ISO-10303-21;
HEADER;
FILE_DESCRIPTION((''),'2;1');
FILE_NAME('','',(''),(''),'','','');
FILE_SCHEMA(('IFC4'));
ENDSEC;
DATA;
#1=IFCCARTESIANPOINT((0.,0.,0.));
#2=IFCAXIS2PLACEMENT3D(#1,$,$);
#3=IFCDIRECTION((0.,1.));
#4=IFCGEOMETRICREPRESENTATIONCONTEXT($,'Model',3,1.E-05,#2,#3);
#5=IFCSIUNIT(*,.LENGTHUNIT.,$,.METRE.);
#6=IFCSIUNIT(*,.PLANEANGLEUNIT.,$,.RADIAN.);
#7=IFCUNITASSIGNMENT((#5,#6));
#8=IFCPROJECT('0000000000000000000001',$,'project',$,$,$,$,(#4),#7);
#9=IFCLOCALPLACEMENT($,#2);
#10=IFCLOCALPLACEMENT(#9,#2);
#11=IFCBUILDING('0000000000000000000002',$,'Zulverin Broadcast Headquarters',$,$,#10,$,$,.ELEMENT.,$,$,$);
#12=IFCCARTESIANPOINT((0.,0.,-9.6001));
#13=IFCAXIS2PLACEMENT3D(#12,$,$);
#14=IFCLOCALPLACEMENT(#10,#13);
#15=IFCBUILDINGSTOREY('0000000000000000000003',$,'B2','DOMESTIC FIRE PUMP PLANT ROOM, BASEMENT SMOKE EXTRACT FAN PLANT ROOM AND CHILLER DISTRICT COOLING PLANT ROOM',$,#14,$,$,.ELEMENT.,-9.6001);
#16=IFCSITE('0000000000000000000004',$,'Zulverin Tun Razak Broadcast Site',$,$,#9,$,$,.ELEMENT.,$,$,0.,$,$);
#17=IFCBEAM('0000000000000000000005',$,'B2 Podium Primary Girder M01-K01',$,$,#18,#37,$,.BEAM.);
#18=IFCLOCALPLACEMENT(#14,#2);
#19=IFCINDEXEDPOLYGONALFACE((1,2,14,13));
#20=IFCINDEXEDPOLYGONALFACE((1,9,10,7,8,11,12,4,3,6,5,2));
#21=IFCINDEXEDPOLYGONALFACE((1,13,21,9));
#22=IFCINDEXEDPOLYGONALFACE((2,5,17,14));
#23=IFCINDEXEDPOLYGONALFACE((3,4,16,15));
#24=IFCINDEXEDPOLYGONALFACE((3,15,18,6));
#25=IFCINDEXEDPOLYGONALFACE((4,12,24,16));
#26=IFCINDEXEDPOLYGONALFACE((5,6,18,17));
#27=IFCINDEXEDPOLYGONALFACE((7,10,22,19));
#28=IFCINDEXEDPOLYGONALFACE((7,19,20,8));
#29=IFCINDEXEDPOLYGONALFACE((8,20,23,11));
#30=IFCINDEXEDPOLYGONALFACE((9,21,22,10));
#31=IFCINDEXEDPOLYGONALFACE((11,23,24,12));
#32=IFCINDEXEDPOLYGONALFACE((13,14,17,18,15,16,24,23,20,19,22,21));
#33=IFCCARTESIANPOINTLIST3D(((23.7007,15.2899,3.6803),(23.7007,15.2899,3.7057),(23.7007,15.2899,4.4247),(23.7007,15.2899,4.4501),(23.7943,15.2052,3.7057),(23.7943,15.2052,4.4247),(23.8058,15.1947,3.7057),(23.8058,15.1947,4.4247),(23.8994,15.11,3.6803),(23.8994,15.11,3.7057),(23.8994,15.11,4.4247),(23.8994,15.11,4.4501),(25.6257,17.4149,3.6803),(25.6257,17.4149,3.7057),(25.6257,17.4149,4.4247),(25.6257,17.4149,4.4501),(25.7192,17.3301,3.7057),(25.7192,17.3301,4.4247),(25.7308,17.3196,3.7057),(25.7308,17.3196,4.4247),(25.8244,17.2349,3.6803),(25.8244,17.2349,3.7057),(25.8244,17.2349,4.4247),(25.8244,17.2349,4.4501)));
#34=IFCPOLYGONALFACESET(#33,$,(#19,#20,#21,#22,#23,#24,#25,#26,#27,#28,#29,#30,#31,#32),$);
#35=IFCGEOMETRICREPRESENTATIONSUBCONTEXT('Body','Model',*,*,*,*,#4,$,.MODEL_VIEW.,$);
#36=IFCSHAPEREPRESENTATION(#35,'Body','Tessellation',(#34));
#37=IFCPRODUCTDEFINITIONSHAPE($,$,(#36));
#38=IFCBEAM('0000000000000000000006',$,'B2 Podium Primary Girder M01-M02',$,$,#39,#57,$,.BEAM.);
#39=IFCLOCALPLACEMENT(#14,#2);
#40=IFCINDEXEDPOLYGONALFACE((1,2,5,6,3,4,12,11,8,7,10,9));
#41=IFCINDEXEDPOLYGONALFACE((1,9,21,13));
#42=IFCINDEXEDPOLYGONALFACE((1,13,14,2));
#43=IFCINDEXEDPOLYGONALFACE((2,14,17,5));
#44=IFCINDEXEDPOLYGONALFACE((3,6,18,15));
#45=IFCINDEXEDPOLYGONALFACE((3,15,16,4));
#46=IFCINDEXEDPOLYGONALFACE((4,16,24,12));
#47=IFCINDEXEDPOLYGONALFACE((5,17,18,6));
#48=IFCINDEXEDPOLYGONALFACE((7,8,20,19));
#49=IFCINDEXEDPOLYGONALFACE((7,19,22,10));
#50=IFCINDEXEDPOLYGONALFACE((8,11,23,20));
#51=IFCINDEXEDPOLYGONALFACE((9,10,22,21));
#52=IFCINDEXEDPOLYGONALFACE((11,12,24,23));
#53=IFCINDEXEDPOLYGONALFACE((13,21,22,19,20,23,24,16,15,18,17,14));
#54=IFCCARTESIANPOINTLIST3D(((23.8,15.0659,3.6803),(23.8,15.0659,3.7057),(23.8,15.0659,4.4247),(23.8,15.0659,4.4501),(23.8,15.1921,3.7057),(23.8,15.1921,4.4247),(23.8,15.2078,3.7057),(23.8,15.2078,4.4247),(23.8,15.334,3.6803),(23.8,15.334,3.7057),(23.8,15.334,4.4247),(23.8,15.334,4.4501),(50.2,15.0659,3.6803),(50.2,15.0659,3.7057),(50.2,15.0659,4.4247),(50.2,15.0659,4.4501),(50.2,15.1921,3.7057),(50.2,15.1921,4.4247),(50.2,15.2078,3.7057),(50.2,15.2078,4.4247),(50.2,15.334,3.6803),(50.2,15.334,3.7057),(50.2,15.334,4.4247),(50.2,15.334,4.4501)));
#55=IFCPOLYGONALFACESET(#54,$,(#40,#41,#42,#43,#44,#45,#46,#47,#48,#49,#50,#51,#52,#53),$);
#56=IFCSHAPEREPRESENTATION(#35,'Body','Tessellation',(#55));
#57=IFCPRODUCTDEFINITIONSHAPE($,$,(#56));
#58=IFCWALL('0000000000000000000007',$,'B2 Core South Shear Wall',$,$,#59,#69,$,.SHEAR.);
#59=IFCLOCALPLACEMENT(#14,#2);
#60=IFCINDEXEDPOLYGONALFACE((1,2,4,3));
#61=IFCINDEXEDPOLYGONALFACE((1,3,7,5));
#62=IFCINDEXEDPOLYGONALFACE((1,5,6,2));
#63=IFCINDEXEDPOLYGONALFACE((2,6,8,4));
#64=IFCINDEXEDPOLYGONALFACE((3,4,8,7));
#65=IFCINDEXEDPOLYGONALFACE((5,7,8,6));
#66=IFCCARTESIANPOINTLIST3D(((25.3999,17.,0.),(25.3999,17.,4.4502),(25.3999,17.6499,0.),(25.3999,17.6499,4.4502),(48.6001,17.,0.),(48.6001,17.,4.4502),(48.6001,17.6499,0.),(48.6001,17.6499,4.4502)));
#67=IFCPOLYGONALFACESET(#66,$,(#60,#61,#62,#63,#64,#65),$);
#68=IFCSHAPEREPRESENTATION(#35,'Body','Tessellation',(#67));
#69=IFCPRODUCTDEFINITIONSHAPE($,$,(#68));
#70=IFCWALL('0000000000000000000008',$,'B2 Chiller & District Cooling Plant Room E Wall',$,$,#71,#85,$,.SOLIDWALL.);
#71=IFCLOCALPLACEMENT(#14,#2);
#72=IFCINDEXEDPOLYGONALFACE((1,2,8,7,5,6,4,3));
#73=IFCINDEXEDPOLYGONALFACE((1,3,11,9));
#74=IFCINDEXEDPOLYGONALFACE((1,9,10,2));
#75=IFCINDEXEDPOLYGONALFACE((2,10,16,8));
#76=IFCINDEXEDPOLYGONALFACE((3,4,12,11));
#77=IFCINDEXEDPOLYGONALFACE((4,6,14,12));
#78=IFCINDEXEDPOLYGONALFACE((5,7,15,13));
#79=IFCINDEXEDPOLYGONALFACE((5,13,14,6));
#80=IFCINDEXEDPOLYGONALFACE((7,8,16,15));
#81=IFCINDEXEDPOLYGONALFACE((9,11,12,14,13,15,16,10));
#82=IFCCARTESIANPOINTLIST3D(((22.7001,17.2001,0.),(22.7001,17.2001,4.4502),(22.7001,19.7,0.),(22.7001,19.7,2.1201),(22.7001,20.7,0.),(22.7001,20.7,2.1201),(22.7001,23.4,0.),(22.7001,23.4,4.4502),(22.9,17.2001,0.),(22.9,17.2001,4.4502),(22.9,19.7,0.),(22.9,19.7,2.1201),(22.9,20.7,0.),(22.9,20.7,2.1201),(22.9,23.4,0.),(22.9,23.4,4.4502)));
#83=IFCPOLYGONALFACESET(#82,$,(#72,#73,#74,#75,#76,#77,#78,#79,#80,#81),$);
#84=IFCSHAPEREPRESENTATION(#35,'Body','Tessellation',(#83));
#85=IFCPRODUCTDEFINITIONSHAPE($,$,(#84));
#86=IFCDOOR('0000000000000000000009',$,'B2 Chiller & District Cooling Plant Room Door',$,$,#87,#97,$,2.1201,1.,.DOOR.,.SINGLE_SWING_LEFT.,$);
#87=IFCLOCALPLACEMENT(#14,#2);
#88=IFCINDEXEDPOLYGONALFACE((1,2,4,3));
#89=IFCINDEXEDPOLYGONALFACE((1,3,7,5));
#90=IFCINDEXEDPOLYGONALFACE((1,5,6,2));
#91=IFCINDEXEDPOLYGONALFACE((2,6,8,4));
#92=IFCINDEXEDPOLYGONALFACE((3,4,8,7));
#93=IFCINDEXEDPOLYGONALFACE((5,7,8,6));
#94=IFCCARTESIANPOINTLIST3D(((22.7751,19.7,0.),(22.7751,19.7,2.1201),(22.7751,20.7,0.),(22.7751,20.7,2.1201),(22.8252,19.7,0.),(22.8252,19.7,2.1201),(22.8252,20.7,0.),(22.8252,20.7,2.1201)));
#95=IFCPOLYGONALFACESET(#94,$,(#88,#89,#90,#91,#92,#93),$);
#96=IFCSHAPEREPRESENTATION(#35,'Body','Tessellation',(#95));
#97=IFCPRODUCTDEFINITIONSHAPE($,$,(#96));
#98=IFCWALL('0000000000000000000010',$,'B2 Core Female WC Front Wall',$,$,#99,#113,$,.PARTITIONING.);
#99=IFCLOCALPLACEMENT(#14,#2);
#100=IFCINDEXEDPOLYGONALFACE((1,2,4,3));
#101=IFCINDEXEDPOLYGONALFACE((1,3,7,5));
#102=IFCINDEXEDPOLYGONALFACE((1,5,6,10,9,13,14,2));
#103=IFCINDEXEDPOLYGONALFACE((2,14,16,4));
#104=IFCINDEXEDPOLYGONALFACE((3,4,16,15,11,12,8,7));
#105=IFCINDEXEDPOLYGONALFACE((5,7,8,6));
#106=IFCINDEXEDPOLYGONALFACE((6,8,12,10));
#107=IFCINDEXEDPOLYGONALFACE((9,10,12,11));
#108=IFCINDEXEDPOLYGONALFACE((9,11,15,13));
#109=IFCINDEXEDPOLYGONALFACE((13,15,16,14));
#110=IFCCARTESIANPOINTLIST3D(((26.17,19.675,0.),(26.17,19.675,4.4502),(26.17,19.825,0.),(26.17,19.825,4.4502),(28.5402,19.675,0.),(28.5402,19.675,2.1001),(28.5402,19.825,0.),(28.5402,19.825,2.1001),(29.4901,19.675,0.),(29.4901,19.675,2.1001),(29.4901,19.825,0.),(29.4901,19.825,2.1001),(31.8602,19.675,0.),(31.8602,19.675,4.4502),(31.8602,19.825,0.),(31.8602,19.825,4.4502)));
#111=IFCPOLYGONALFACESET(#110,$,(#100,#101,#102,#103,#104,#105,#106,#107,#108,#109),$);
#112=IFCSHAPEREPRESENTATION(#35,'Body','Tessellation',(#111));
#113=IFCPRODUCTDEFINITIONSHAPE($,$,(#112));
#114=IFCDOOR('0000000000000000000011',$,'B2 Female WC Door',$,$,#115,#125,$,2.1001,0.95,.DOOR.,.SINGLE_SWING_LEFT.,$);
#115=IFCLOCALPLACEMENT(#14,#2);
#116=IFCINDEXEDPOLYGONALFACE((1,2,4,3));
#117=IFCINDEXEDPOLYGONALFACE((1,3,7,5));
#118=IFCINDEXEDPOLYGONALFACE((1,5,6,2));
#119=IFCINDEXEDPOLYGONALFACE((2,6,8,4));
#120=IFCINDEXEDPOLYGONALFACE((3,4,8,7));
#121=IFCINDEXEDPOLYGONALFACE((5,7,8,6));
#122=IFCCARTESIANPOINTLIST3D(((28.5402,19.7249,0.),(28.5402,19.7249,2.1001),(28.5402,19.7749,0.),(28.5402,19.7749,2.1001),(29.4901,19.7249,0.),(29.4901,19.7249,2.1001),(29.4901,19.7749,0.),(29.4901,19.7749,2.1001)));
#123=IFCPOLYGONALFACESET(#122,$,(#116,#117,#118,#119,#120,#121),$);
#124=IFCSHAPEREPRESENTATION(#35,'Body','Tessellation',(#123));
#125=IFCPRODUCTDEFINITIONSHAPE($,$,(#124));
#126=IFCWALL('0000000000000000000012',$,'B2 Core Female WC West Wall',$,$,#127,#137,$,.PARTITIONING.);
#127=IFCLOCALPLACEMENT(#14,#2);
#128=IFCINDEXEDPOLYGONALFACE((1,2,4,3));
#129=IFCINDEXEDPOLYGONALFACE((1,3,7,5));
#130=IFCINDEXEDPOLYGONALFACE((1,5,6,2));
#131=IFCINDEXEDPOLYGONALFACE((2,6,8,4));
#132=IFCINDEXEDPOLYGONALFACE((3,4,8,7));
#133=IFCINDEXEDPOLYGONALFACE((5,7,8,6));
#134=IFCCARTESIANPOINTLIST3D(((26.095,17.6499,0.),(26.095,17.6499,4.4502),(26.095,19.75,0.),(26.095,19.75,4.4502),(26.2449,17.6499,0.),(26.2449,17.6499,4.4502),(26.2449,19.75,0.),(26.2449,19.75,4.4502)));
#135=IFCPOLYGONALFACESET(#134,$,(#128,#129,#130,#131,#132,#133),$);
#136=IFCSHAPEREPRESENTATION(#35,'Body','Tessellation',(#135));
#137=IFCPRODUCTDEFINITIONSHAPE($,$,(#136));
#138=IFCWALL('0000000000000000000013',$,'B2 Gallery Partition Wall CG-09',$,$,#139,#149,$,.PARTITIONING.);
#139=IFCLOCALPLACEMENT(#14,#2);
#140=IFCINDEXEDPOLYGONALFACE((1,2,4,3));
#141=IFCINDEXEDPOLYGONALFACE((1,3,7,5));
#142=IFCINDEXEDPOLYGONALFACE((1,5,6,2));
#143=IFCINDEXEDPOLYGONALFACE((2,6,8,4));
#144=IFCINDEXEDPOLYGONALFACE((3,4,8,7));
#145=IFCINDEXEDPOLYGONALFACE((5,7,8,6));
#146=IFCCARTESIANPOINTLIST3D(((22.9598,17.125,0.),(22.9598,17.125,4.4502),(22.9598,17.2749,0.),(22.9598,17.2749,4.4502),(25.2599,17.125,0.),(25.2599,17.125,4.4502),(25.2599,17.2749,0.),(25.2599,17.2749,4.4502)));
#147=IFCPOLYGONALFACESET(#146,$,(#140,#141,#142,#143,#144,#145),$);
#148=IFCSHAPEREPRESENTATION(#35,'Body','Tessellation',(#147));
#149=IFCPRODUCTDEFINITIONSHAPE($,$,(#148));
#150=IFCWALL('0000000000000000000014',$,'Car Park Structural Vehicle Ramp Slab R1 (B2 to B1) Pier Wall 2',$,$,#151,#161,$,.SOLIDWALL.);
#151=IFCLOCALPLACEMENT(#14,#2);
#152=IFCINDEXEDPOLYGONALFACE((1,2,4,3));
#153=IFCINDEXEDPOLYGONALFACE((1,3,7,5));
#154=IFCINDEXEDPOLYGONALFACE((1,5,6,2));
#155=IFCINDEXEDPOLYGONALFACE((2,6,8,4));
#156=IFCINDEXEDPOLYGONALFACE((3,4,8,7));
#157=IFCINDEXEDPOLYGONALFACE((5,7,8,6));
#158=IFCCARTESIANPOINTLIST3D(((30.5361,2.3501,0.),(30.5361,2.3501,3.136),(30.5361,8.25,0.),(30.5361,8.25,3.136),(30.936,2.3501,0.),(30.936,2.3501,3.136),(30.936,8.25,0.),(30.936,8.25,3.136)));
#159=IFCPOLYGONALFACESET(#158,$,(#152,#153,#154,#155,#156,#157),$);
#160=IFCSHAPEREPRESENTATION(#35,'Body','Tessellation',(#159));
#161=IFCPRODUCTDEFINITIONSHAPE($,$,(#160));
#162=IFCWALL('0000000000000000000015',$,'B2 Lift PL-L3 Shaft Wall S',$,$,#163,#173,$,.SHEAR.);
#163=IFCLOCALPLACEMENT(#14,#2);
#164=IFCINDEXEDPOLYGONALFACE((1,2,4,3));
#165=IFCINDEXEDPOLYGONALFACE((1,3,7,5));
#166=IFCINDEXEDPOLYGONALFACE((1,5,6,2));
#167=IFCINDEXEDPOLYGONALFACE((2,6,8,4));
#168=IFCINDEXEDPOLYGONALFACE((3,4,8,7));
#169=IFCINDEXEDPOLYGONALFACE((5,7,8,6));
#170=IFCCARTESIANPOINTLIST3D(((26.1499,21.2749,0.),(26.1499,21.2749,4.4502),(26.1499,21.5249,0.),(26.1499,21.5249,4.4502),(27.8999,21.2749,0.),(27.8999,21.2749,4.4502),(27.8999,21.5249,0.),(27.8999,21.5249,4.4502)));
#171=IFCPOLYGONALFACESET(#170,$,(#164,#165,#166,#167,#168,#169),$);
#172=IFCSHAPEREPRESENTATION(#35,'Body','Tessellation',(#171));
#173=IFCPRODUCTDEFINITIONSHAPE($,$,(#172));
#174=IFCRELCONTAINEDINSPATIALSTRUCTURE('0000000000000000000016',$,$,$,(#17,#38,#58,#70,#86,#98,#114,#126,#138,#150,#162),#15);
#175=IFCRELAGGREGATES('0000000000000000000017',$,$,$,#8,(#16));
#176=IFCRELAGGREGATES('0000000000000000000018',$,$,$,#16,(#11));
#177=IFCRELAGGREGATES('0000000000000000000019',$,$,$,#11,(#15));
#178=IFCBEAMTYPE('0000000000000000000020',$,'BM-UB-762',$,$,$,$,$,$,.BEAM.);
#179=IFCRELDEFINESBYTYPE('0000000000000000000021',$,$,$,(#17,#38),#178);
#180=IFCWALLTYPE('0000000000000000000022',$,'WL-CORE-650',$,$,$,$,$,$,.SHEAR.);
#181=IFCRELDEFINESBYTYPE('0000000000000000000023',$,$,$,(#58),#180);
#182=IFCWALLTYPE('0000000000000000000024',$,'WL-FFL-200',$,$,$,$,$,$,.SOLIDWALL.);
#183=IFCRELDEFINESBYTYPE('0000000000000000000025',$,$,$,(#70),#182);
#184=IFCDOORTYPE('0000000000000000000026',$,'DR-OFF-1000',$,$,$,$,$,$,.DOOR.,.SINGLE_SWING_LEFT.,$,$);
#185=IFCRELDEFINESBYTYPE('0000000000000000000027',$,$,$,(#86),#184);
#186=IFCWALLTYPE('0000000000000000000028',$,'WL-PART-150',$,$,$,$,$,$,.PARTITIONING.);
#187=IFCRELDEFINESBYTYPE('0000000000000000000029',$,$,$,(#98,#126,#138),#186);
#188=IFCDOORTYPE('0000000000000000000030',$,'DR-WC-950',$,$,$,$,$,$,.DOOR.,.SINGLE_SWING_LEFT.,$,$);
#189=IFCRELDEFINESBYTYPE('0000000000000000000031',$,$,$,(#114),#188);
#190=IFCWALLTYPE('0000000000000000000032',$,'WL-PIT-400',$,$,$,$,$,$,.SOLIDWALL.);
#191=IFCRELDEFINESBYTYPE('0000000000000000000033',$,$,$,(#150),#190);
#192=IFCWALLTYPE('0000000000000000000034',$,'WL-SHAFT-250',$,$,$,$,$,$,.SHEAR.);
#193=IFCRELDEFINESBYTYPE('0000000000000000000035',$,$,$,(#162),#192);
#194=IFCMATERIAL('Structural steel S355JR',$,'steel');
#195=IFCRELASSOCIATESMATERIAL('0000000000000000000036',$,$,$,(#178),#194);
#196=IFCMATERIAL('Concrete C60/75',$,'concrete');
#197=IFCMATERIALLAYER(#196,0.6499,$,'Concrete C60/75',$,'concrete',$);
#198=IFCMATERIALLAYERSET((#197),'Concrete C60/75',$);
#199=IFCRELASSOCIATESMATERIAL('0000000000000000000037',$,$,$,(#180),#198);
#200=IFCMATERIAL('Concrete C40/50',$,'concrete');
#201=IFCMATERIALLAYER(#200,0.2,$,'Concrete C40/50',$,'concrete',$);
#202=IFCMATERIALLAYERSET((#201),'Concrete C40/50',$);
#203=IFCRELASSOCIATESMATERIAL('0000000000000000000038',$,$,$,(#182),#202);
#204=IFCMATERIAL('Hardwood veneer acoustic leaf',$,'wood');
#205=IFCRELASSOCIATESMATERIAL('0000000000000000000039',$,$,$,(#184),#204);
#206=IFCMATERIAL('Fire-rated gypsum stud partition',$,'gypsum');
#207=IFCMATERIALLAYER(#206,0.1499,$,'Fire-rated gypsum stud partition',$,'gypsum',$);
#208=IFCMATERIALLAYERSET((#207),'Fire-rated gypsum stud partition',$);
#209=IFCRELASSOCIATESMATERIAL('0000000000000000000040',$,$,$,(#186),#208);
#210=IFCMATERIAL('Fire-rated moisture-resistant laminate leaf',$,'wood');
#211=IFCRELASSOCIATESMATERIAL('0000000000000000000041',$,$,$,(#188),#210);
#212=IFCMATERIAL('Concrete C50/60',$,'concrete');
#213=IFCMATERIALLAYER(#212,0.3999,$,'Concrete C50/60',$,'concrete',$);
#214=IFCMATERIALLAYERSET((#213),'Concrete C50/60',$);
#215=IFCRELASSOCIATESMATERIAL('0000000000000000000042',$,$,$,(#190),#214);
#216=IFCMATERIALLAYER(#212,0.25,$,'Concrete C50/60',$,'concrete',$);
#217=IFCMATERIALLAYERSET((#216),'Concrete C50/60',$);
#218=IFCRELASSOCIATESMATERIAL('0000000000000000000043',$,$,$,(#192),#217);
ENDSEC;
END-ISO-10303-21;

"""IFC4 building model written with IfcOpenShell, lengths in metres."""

from ifc_helpers import new_model, si_unit, direction, frame, frame_2d, origin, origin_2d, place, context, subcontext, project, spatial, rectangle, i_section, extrude, material, layer, layer_set, material_profile, profile_set, type_object, element, fill, save


model = new_model("IFC4")

# Units and contexts
model_context = context("Model", 3, precision=1e-05, world=origin(), true_north=direction((0.0, 1.0)))
body_context = subcontext(model_context, "Body", "Model", "MODEL_VIEW")
ifc_project = project(units=[si_unit("LENGTHUNIT", "METRE"), si_unit("PLANEANGLEUNIT", "RADIAN")], contexts=[model_context])

# Site, building, storey
site_placement = place(None, origin())
site = spatial("IfcSite", under=ifc_project, at=site_placement, Name="Zulverin Tun Razak Broadcast Site", CompositionType="ELEMENT", RefElevation=0.0)
building_placement = place(site_placement, origin())
building = spatial("IfcBuilding", under=site, at=building_placement, Name="Zulverin Broadcast Headquarters", CompositionType="ELEMENT")
storey_placement = place(building_placement, frame((0.0, 0.0, -9.6001)))
storey = spatial("IfcBuildingStorey", under=building, at=storey_placement, Name="B2", Description="DOMESTIC FIRE PUMP PLANT ROOM, BASEMENT SMOKE EXTRACT FAN PLANT ROOM AND CHILLER DISTRICT COOLING PLANT ROOM", CompositionType="ELEMENT", Elevation=-9.6001)

# Shared definitions
ifc_material_1 = material(Name="Concrete C50/60", Category="concrete")

# Shared definitions
ifc_material_2 = material(Name="Concrete C60/75", Category="concrete")

# Beams
ifc_material_3 = material(Name="Structural steel S355JR", Category="steel")
ifc_material_profile_1 = material_profile(ifc_material_3, i_section(OverallWidth=0.2681, OverallDepth=0.7698, WebThickness=0.0156, FlangeThickness=0.0254, at=origin_2d()), Name="Structural steel S355JR", Category="steel")
ifc_profile_set_1 = profile_set([ifc_material_profile_1], Name="Structural steel S355JR")
beam_type_1 = type_object("IfcBeamType", Name="BM-UB-762", PredefinedType="BEAM", material=ifc_profile_set_1)
beam_1_placement = place(storey_placement, frame((23.8, 15.2, 4.0652), z_axis=(0.671379, 0.741114, 0.0), x_axis=(-0.741114, 0.671379, 0.0)))
element("IfcBeam", 1, at=beam_1_placement, inside=storey, type_object=beam_type_1, Name="B2 Podium Primary Girder M01-K01", PredefinedType="BEAM", context=body_context, shape_type="SweptSolid", body=[
    extrude(i_section(OverallWidth=0.2681, OverallDepth=0.7698, WebThickness=0.0156, FlangeThickness=0.0254, at=origin_2d()), origin(), (0.0, 0.0, 1.0), 2.8672),
])
beam_2_placement = place(storey_placement, frame((23.8, 15.2, 4.0652), z_axis=(1.0, 0.0, 0.0), x_axis=(0.0, 1.0, 0.0)))
element("IfcBeam", 2, at=beam_2_placement, inside=storey, type_object=beam_type_1, Name="B2 Podium Primary Girder M01-M02", PredefinedType="BEAM", context=body_context, shape_type="SweptSolid", body=[
    extrude(i_section(OverallWidth=0.2681, OverallDepth=0.7698, WebThickness=0.0156, FlangeThickness=0.0254, at=origin_2d()), origin(), (0.0, 0.0, 1.0), 26.3999),
])

# Wall
ifc_layer_1 = layer(ifc_material_2, 0.6499, Name="Concrete C60/75", Category="concrete")
ifc_layer_set_1 = layer_set([ifc_layer_1], Name="Concrete C60/75")
wall_type_1 = type_object("IfcWallType", Name="WL-CORE-650", PredefinedType="SHEAR", material=ifc_layer_set_1)
wall_1_placement = place(storey_placement, frame((25.3999, 17.325, 0.0), z_axis=(0.0, 0.0, 1.0), x_axis=(1.0, 0.0, 0.0)))
element("IfcWall", 3, at=wall_1_placement, inside=storey, type_object=wall_type_1, Name="B2 Core South Shear Wall", PredefinedType="SHEAR", context=body_context, shape_type="SweptSolid", body=[
    extrude(rectangle(XDim=23.2002, YDim=0.6499, at=frame_2d((11.6001, 0.0))), origin(), (0.0, 0.0, 1.0), 4.4502),
])

# Walls, openings, doors
ifc_material_4 = material(Name="Concrete C40/50", Category="concrete")
ifc_layer_2 = layer(ifc_material_4, 0.2, Name="Concrete C40/50", Category="concrete")
ifc_layer_set_2 = layer_set([ifc_layer_2], Name="Concrete C40/50")
wall_type_2 = type_object("IfcWallType", Name="WL-FFL-200", PredefinedType="SOLIDWALL", material=ifc_layer_set_2)
wall_2_placement = place(storey_placement, frame((22.8, 17.2, 0.0), z_axis=(0.0, 0.0, 1.0), x_axis=(0.0, 1.0, 0.0)))
wall_2 = element("IfcWall", 4, at=wall_2_placement, inside=storey, type_object=wall_type_2, Name="B2 Chiller & District Cooling Plant Room E Wall", PredefinedType="SOLIDWALL", context=body_context, shape_type="SweptSolid", body=[
    extrude(rectangle(XDim=6.2, YDim=0.2, at=frame_2d((3.1001, 0.0))), origin(), (0.0, 0.0, 1.0), 4.4502),
])
opening_1_placement = place(wall_2_placement, frame((2.5, 0.0, 0.0)))
opening_1 = element("IfcOpeningElement", 5, at=opening_1_placement, cuts=wall_2, PredefinedType="OPENING", context=body_context, shape_type="SweptSolid", body=[
    extrude(rectangle(XDim=1.0, YDim=2.1201, at=frame_2d((0.5, 1.0601))), frame((0.0, 0.1099, 0.0), z_axis=(0.0, -1.0, 0.0), x_axis=(1.0, 0.0, 0.0)), (0.0, 0.0, 1.0), 0.22),
])
ifc_material_5 = material(Name="Hardwood veneer acoustic leaf", Category="wood")
door_type_1 = type_object("IfcDoorType", Name="DR-OFF-1000", OperationType="SINGLE_SWING_LEFT", PredefinedType="DOOR", material=ifc_material_5)
door_1_placement = place(opening_1_placement, origin())
door_1 = element("IfcDoor", 6, at=door_1_placement, inside=storey, type_object=door_type_1, Name="B2 Chiller & District Cooling Plant Room Door", OperationType="SINGLE_SWING_LEFT", OverallHeight=2.1201, OverallWidth=1.0, PredefinedType="DOOR", context=body_context, shape_type="SweptSolid", body=[
    extrude(rectangle(XDim=1.0, YDim=2.1201, at=frame_2d((0.5, 1.0601))), frame((0.0, 0.0249, 0.0), z_axis=(0.0, -1.0, 0.0), x_axis=(1.0, 0.0, 0.0)), (0.0, 0.0, 1.0), 0.05),
])
fill(opening_1, door_1)
ifc_material_6 = material(Name="Fire-rated gypsum stud partition", Category="gypsum")
ifc_layer_3 = layer(ifc_material_6, 0.1499, Name="Fire-rated gypsum stud partition", Category="gypsum")
ifc_layer_set_3 = layer_set([ifc_layer_3], Name="Fire-rated gypsum stud partition")
wall_type_3 = type_object("IfcWallType", Name="WL-PART-150", PredefinedType="PARTITIONING", material=ifc_layer_set_3)
wall_3_placement = place(storey_placement, frame((26.1699, 19.75, 0.0), z_axis=(0.0, 0.0, 1.0), x_axis=(1.0, 0.0, 0.0)))
wall_3 = element("IfcWall", 7, at=wall_3_placement, inside=storey, type_object=wall_type_3, Name="B2 Core Female WC Front Wall", PredefinedType="PARTITIONING", context=body_context, shape_type="SweptSolid", body=[
    extrude(rectangle(XDim=5.6902, YDim=0.1499, at=frame_2d((2.8452, 0.0))), origin(), (0.0, 0.0, 1.0), 4.4502),
])
opening_2_placement = place(wall_3_placement, frame((2.3701, 0.0, 0.0)))
opening_2 = element("IfcOpeningElement", 8, at=opening_2_placement, cuts=wall_3, PredefinedType="OPENING", context=body_context, shape_type="SweptSolid", body=[
    extrude(rectangle(XDim=0.95, YDim=2.1001, at=frame_2d((0.4751, 1.05))), frame((0.0, 0.085, 0.0), z_axis=(0.0, -1.0, 0.0), x_axis=(1.0, 0.0, 0.0)), (0.0, 0.0, 1.0), 0.1699),
])
ifc_material_7 = material(Name="Fire-rated moisture-resistant laminate leaf", Category="wood")
door_type_2 = type_object("IfcDoorType", Name="DR-WC-950", OperationType="SINGLE_SWING_LEFT", PredefinedType="DOOR", material=ifc_material_7)
door_2_placement = place(opening_2_placement, origin())
door_2 = element("IfcDoor", 9, at=door_2_placement, inside=storey, type_object=door_type_2, Name="B2 Female WC Door", OperationType="SINGLE_SWING_LEFT", OverallHeight=2.1001, OverallWidth=0.95, PredefinedType="DOOR", context=body_context, shape_type="SweptSolid", body=[
    extrude(rectangle(XDim=0.95, YDim=2.1001, at=frame_2d((0.4751, 1.05))), frame((0.0, 0.0249, 0.0), z_axis=(0.0, -1.0, 0.0), x_axis=(1.0, 0.0, 0.0)), (0.0, 0.0, 1.0), 0.05),
])
fill(opening_2, door_2)

# Walls
wall_4_placement = place(storey_placement, frame((26.1699, 17.6499, 0.0), z_axis=(0.0, 0.0, 1.0), x_axis=(0.0, 1.0, 0.0)))
element("IfcWall", 10, at=wall_4_placement, inside=storey, type_object=wall_type_3, Name="B2 Core Female WC West Wall", PredefinedType="PARTITIONING", context=body_context, shape_type="SweptSolid", body=[
    extrude(rectangle(XDim=2.1001, YDim=0.1499, at=frame_2d((1.05, 0.0))), origin(), (0.0, 0.0, 1.0), 4.4502),
])
wall_5_placement = place(storey_placement, frame((22.96, 17.2, 0.0), z_axis=(0.0, 0.0, 1.0), x_axis=(1.0, 0.0, 0.0)))
element("IfcWall", 11, at=wall_5_placement, inside=storey, type_object=wall_type_3, Name="B2 Gallery Partition Wall CG-09", PredefinedType="PARTITIONING", context=body_context, shape_type="SweptSolid", body=[
    extrude(rectangle(XDim=2.3, YDim=0.1499, at=frame_2d((1.1499, 0.0))), origin(), (0.0, 0.0, 1.0), 4.4502),
])
ifc_layer_4 = layer(ifc_material_1, 0.3999, Name="Concrete C50/60", Category="concrete")
ifc_layer_set_4 = layer_set([ifc_layer_4], Name="Concrete C50/60")
wall_type_4 = type_object("IfcWallType", Name="WL-PIT-400", PredefinedType="SOLIDWALL", material=ifc_layer_set_4)
wall_6_placement = place(storey_placement, frame((30.7361, 2.3501, 0.0), z_axis=(0.0, 0.0, 1.0), x_axis=(0.0, 1.0, 0.0)))
element("IfcWall", 12, at=wall_6_placement, inside=storey, type_object=wall_type_4, Name="Car Park Structural Vehicle Ramp Slab R1 (B2 to B1) Pier Wall 2", PredefinedType="SOLIDWALL", context=body_context, shape_type="SweptSolid", body=[
    extrude(rectangle(XDim=5.8999, YDim=0.3999, at=frame_2d((2.95, 0.0))), origin(), (0.0, 0.0, 1.0), 3.136),
])
ifc_layer_5 = layer(ifc_material_1, 0.25, Name="Concrete C50/60", Category="concrete")
ifc_layer_set_5 = layer_set([ifc_layer_5], Name="Concrete C50/60")
wall_type_5 = type_object("IfcWallType", Name="WL-SHAFT-250", PredefinedType="SHEAR", material=ifc_layer_set_5)
for number, where, z_axis, x_axis, name in (
    (13, (26.1499, 21.3999, 0.0), (0.0, 0.0, 1.0), (1.0, 0.0, 0.0), "B2 Lift PL-L3 Shaft Wall S"),
):
    element("IfcWall", number, at=place(storey_placement, frame(where, z_axis=z_axis, x_axis=x_axis)), inside=storey, type_object=wall_type_5, Name=name, PredefinedType="SHEAR", context=body_context, shape_type="SweptSolid", body=[
        extrude(rectangle(XDim=1.75, YDim=0.25, at=frame_2d((0.875, 0.0))), origin(), (0.0, 0.0, 1.0), 4.4502),
    ])

save(model, "model.ifc")
